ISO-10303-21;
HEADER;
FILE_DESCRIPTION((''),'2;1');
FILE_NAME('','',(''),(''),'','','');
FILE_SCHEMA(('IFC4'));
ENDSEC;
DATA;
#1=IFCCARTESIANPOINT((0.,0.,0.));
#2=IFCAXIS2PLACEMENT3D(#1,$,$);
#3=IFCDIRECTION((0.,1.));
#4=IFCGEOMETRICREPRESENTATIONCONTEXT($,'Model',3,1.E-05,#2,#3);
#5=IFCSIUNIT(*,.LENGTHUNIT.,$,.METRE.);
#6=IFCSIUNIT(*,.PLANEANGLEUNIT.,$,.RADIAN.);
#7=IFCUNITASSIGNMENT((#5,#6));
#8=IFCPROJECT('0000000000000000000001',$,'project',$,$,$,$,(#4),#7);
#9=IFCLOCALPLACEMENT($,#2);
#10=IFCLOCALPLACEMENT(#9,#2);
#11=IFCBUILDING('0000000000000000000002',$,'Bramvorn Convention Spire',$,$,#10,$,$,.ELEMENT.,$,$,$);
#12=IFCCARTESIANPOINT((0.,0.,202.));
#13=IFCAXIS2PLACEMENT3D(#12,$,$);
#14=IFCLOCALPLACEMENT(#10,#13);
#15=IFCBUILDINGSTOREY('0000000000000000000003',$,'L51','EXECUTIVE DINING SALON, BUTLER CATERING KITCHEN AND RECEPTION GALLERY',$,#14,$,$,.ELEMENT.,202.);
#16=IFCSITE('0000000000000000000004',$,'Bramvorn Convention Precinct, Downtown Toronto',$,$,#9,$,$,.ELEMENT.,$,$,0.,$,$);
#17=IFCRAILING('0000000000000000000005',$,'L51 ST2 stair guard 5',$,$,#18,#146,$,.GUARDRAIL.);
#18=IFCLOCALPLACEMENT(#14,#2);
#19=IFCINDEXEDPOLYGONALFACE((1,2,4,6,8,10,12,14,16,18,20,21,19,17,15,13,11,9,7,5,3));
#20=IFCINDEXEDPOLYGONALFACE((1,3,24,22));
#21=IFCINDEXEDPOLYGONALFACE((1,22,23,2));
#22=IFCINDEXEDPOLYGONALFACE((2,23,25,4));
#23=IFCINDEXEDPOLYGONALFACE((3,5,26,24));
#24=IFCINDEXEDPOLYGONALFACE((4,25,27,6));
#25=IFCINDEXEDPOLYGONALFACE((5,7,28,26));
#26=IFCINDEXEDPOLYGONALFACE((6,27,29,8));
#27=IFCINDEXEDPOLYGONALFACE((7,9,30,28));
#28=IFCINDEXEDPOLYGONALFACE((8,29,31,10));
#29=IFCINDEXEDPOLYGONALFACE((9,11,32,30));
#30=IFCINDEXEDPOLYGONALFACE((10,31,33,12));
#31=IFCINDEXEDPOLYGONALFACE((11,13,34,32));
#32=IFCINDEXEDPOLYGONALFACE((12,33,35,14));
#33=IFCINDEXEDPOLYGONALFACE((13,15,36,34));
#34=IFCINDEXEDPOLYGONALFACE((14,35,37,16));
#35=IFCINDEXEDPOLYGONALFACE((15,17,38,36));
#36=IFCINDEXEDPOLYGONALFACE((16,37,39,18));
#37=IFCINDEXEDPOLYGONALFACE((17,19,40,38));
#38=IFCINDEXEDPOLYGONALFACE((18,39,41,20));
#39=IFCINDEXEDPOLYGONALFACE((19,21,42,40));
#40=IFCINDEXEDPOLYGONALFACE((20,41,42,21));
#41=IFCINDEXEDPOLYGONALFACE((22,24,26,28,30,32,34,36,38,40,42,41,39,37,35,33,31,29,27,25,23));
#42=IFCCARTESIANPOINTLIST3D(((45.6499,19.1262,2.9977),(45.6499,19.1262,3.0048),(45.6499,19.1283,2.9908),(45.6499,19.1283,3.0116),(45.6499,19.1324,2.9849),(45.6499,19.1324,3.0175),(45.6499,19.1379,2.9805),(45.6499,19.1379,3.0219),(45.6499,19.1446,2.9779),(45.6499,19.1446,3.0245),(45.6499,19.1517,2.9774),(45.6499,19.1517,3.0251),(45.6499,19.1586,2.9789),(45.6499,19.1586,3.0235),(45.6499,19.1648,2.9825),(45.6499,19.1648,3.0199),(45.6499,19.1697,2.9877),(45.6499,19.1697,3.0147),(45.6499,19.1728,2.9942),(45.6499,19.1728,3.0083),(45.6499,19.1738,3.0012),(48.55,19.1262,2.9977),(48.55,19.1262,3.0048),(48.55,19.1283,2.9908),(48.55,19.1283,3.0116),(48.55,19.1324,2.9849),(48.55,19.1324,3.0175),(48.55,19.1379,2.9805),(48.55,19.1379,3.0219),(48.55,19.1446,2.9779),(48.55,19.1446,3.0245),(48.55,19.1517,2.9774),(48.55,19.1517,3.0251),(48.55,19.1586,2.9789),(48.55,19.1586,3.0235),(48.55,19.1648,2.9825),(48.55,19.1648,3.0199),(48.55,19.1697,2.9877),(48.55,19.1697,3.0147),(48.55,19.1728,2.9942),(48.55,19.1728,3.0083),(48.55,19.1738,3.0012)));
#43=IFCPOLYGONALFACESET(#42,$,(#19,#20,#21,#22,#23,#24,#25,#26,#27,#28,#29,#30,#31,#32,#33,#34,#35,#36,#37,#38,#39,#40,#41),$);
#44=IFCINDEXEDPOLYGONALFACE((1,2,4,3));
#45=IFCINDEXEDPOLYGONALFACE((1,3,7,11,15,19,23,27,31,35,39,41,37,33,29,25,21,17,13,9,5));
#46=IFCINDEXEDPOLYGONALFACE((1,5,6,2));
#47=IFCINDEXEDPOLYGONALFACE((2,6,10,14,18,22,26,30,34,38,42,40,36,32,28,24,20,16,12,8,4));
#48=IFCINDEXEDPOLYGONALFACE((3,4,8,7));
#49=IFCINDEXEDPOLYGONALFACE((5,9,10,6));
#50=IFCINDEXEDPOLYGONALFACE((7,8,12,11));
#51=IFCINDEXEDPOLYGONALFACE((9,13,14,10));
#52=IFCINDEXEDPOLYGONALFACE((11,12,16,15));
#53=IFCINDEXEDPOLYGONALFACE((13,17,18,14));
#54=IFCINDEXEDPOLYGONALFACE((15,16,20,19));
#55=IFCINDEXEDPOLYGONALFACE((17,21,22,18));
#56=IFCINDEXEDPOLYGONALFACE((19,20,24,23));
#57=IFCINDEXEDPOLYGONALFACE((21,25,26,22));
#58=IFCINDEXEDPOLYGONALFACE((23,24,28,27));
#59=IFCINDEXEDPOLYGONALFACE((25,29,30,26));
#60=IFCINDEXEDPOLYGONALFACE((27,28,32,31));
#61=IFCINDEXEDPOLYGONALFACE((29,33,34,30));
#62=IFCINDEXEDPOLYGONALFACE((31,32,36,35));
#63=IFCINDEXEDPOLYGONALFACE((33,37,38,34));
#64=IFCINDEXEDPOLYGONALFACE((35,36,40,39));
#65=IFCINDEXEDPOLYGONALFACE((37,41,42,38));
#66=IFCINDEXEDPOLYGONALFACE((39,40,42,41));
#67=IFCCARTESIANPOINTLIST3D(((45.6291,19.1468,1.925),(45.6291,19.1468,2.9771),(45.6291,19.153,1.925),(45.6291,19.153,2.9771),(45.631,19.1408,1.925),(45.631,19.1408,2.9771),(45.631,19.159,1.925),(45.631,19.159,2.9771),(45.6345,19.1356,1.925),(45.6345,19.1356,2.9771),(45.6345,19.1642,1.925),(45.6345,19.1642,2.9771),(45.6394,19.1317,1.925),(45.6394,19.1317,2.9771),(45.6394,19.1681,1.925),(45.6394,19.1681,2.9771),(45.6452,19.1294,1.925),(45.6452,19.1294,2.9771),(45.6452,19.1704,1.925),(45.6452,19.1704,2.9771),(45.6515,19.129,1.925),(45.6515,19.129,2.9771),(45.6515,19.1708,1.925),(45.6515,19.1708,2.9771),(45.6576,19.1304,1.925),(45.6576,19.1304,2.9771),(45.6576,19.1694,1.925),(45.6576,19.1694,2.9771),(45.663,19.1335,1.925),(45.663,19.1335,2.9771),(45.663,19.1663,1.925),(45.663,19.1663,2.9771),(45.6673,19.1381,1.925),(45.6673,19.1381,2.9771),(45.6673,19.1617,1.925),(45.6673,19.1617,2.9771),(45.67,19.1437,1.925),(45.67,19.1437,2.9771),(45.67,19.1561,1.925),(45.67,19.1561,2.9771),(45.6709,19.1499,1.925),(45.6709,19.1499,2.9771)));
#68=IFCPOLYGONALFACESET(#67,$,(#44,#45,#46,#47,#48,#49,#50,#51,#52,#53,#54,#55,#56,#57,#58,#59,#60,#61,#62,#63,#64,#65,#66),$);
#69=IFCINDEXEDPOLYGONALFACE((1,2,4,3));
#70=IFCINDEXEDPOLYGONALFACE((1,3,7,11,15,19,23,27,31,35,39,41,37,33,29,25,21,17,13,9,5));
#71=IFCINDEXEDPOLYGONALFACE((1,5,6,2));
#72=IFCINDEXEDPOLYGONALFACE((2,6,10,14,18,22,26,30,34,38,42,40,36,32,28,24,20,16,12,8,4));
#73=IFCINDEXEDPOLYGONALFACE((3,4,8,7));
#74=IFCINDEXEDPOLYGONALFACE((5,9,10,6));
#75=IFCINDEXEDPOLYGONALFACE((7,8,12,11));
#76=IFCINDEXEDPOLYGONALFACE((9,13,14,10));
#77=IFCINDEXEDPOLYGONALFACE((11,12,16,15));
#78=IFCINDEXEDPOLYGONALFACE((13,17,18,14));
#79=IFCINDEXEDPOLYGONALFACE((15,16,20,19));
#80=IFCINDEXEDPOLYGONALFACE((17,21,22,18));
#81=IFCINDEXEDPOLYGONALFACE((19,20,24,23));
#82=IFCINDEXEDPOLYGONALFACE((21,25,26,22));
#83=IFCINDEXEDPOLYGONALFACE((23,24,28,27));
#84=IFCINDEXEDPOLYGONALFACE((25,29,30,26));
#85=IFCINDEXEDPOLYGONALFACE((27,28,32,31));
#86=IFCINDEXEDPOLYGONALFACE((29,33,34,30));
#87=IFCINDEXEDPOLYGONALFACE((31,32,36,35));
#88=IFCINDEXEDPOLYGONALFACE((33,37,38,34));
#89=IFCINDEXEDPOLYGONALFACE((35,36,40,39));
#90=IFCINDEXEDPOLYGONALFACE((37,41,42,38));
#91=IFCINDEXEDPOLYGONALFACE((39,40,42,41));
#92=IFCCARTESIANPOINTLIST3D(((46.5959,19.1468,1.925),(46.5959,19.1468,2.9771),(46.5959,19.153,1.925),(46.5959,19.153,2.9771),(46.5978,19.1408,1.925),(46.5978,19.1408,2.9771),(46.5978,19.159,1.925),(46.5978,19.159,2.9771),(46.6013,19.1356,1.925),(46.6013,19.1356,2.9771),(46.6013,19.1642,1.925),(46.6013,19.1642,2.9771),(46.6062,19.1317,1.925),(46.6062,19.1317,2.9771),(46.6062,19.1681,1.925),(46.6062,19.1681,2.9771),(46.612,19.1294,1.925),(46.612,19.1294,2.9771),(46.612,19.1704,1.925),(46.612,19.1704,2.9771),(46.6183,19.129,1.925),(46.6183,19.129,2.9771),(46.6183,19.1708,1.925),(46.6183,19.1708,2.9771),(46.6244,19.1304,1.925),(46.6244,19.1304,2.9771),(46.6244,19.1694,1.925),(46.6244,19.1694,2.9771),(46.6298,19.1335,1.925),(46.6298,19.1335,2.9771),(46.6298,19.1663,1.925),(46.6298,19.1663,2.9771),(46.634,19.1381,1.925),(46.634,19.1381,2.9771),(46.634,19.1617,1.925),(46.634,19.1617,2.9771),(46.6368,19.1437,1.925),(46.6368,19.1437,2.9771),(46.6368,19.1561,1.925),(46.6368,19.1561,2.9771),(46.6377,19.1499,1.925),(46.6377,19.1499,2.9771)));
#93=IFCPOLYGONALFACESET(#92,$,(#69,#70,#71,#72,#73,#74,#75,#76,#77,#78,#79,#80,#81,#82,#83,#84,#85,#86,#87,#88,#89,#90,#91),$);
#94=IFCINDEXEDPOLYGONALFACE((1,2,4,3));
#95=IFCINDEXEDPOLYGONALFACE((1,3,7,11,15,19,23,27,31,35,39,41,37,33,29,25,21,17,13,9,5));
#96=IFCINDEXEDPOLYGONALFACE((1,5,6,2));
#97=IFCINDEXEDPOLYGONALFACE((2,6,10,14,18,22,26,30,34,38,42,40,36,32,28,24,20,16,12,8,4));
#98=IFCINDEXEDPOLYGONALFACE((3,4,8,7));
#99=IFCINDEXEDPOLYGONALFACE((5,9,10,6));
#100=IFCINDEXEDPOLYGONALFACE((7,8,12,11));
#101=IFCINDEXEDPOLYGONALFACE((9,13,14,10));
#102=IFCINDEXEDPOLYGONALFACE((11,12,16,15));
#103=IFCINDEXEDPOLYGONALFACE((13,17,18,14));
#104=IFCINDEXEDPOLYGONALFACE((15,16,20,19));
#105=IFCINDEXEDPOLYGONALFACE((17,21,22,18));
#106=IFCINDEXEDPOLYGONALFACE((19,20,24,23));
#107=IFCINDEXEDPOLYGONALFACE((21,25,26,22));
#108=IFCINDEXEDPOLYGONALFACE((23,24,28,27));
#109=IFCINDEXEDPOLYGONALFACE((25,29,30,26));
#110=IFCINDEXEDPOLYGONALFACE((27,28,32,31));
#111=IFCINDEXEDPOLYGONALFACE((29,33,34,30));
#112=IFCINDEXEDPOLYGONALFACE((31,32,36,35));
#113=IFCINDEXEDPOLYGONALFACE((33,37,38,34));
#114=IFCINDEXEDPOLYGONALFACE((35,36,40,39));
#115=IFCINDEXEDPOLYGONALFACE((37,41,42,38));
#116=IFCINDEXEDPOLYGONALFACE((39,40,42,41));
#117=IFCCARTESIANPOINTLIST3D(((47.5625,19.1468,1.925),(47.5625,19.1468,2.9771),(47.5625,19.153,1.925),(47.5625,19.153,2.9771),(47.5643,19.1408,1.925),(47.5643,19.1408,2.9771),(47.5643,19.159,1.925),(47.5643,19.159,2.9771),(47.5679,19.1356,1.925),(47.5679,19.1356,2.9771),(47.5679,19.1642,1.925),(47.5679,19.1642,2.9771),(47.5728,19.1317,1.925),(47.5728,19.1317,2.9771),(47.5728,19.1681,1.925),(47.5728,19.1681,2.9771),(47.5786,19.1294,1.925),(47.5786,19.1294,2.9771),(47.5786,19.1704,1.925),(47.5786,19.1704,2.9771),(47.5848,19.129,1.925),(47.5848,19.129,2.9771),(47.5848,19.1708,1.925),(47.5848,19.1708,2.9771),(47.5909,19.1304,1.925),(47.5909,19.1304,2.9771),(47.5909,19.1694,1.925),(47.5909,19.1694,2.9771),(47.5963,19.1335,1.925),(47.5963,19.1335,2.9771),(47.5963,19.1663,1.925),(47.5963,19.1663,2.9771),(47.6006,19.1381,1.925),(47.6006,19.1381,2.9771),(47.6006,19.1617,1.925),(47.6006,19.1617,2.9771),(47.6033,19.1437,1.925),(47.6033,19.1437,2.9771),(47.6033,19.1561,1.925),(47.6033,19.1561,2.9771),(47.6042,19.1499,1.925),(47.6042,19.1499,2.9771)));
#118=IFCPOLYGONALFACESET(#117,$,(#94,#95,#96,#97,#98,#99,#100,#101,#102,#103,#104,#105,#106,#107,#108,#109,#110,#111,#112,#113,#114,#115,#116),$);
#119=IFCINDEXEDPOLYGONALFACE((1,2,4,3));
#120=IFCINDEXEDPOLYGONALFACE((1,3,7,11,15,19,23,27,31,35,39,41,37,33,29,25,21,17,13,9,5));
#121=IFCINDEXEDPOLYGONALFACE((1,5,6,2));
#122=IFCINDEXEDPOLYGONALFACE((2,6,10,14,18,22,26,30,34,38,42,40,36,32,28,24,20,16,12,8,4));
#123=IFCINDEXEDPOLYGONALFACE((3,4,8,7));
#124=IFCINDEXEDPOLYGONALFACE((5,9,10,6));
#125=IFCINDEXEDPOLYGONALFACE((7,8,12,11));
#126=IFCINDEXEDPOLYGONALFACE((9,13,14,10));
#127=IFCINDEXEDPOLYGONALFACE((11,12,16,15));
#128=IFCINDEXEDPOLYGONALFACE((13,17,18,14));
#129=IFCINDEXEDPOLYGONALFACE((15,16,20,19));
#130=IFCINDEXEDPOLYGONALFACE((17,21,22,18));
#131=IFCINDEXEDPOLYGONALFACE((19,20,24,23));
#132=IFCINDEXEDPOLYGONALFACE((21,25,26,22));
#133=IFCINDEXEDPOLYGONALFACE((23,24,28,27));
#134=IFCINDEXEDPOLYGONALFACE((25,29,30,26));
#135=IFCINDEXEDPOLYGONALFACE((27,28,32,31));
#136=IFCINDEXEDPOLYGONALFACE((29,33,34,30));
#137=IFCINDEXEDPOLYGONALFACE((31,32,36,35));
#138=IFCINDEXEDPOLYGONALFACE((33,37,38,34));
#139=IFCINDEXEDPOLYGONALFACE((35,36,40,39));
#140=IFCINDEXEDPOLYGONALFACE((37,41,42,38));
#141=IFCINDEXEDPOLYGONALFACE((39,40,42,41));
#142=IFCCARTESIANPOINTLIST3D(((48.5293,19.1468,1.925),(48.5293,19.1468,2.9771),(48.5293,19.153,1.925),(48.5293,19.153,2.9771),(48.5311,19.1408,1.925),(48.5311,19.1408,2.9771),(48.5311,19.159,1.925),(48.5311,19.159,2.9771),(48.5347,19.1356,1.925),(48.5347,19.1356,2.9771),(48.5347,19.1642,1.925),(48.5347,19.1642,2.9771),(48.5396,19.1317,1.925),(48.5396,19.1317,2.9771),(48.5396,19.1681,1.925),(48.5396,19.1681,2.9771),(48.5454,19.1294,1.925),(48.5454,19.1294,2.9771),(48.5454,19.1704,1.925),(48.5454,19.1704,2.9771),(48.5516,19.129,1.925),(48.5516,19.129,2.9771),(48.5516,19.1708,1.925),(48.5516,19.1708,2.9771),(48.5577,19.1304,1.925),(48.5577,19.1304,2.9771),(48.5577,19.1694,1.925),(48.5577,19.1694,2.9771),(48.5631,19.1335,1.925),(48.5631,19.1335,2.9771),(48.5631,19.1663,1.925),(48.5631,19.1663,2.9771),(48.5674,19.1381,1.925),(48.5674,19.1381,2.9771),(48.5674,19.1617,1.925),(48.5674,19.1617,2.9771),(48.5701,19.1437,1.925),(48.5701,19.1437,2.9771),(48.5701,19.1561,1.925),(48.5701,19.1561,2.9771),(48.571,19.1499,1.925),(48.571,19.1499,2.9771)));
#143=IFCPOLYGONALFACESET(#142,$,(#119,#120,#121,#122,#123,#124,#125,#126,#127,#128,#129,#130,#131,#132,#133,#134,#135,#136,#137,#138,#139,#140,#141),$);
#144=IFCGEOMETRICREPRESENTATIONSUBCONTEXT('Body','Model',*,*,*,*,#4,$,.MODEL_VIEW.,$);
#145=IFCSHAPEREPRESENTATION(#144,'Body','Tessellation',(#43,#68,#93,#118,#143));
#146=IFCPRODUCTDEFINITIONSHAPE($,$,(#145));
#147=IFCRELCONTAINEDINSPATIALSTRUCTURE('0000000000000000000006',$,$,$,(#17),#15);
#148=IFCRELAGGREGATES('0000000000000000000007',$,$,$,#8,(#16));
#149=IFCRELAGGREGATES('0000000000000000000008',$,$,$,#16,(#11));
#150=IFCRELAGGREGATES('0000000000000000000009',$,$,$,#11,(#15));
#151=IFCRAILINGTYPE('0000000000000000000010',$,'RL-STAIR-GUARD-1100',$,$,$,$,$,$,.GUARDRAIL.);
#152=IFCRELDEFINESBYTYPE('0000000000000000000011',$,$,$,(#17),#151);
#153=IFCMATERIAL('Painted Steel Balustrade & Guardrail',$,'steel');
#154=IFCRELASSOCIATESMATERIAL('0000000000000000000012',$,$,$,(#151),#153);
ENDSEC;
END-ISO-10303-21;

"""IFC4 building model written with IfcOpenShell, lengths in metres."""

from ifc_helpers import new_model, si_unit, direction, frame, origin, origin_2d, place, context, subcontext, project, spatial, circle, extrude, material, type_object, element, save


model = new_model("IFC4")

# Units and contexts
model_context = context("Model", 3, precision=1e-05, world=origin(), true_north=direction((0.0, 1.0)))
body_context = subcontext(model_context, "Body", "Model", "MODEL_VIEW")
ifc_project = project(units=[si_unit("LENGTHUNIT", "METRE"), si_unit("PLANEANGLEUNIT", "RADIAN")], contexts=[model_context])

# Site, building, storey
site_placement = place(None, origin())
site = spatial("IfcSite", under=ifc_project, at=site_placement, Name="Bramvorn Convention Precinct, Downtown Toronto", CompositionType="ELEMENT", RefElevation=0.0)
building_placement = place(site_placement, origin())
building = spatial("IfcBuilding", under=site, at=building_placement, Name="Bramvorn Convention Spire", CompositionType="ELEMENT")
storey_placement = place(building_placement, frame((0.0, 0.0, 202.0)))
storey = spatial("IfcBuildingStorey", under=building, at=storey_placement, Name="L51", Description="EXECUTIVE DINING SALON, BUTLER CATERING KITCHEN AND RECEPTION GALLERY", CompositionType="ELEMENT", Elevation=202.0)

# Railing
ifc_material_1 = material(Name="Painted Steel Balustrade & Guardrail", Category="steel")
railing_type_1 = type_object("IfcRailingType", Name="RL-STAIR-GUARD-1100", PredefinedType="GUARDRAIL", material=ifc_material_1)
railing_1_placement = place(storey_placement, frame((45.6499, 19.1499, 1.925)))
element("IfcRailing", 1, at=railing_1_placement, inside=storey, type_object=railing_type_1, Name="L51 ST2 stair guard 5", PredefinedType="GUARDRAIL", context=body_context, shape_type="SweptSolid", body=[
    extrude(circle(Radius=0.0239, at=origin_2d()), frame((0.0, 0.0, 1.0762), z_axis=(1.0, 0.0, 0.0), x_axis=(0.0, 1.0, 0.0)), (0.0, 0.0, 1.0), 2.9001),
    extrude(circle(Radius=0.021, at=origin_2d()), origin(), (0.0, 0.0, 1.0), 1.052),
    extrude(circle(Radius=0.021, at=origin_2d()), frame((0.9668, 0.0, 0.0)), (0.0, 0.0, 1.0), 1.052),
    extrude(circle(Radius=0.021, at=origin_2d()), frame((1.9333, 0.0, 0.0)), (0.0, 0.0, 1.0), 1.052),
    extrude(circle(Radius=0.021, at=origin_2d()), frame((2.9001, 0.0, 0.0)), (0.0, 0.0, 1.0), 1.052),
])

save(model, "model.ifc")
